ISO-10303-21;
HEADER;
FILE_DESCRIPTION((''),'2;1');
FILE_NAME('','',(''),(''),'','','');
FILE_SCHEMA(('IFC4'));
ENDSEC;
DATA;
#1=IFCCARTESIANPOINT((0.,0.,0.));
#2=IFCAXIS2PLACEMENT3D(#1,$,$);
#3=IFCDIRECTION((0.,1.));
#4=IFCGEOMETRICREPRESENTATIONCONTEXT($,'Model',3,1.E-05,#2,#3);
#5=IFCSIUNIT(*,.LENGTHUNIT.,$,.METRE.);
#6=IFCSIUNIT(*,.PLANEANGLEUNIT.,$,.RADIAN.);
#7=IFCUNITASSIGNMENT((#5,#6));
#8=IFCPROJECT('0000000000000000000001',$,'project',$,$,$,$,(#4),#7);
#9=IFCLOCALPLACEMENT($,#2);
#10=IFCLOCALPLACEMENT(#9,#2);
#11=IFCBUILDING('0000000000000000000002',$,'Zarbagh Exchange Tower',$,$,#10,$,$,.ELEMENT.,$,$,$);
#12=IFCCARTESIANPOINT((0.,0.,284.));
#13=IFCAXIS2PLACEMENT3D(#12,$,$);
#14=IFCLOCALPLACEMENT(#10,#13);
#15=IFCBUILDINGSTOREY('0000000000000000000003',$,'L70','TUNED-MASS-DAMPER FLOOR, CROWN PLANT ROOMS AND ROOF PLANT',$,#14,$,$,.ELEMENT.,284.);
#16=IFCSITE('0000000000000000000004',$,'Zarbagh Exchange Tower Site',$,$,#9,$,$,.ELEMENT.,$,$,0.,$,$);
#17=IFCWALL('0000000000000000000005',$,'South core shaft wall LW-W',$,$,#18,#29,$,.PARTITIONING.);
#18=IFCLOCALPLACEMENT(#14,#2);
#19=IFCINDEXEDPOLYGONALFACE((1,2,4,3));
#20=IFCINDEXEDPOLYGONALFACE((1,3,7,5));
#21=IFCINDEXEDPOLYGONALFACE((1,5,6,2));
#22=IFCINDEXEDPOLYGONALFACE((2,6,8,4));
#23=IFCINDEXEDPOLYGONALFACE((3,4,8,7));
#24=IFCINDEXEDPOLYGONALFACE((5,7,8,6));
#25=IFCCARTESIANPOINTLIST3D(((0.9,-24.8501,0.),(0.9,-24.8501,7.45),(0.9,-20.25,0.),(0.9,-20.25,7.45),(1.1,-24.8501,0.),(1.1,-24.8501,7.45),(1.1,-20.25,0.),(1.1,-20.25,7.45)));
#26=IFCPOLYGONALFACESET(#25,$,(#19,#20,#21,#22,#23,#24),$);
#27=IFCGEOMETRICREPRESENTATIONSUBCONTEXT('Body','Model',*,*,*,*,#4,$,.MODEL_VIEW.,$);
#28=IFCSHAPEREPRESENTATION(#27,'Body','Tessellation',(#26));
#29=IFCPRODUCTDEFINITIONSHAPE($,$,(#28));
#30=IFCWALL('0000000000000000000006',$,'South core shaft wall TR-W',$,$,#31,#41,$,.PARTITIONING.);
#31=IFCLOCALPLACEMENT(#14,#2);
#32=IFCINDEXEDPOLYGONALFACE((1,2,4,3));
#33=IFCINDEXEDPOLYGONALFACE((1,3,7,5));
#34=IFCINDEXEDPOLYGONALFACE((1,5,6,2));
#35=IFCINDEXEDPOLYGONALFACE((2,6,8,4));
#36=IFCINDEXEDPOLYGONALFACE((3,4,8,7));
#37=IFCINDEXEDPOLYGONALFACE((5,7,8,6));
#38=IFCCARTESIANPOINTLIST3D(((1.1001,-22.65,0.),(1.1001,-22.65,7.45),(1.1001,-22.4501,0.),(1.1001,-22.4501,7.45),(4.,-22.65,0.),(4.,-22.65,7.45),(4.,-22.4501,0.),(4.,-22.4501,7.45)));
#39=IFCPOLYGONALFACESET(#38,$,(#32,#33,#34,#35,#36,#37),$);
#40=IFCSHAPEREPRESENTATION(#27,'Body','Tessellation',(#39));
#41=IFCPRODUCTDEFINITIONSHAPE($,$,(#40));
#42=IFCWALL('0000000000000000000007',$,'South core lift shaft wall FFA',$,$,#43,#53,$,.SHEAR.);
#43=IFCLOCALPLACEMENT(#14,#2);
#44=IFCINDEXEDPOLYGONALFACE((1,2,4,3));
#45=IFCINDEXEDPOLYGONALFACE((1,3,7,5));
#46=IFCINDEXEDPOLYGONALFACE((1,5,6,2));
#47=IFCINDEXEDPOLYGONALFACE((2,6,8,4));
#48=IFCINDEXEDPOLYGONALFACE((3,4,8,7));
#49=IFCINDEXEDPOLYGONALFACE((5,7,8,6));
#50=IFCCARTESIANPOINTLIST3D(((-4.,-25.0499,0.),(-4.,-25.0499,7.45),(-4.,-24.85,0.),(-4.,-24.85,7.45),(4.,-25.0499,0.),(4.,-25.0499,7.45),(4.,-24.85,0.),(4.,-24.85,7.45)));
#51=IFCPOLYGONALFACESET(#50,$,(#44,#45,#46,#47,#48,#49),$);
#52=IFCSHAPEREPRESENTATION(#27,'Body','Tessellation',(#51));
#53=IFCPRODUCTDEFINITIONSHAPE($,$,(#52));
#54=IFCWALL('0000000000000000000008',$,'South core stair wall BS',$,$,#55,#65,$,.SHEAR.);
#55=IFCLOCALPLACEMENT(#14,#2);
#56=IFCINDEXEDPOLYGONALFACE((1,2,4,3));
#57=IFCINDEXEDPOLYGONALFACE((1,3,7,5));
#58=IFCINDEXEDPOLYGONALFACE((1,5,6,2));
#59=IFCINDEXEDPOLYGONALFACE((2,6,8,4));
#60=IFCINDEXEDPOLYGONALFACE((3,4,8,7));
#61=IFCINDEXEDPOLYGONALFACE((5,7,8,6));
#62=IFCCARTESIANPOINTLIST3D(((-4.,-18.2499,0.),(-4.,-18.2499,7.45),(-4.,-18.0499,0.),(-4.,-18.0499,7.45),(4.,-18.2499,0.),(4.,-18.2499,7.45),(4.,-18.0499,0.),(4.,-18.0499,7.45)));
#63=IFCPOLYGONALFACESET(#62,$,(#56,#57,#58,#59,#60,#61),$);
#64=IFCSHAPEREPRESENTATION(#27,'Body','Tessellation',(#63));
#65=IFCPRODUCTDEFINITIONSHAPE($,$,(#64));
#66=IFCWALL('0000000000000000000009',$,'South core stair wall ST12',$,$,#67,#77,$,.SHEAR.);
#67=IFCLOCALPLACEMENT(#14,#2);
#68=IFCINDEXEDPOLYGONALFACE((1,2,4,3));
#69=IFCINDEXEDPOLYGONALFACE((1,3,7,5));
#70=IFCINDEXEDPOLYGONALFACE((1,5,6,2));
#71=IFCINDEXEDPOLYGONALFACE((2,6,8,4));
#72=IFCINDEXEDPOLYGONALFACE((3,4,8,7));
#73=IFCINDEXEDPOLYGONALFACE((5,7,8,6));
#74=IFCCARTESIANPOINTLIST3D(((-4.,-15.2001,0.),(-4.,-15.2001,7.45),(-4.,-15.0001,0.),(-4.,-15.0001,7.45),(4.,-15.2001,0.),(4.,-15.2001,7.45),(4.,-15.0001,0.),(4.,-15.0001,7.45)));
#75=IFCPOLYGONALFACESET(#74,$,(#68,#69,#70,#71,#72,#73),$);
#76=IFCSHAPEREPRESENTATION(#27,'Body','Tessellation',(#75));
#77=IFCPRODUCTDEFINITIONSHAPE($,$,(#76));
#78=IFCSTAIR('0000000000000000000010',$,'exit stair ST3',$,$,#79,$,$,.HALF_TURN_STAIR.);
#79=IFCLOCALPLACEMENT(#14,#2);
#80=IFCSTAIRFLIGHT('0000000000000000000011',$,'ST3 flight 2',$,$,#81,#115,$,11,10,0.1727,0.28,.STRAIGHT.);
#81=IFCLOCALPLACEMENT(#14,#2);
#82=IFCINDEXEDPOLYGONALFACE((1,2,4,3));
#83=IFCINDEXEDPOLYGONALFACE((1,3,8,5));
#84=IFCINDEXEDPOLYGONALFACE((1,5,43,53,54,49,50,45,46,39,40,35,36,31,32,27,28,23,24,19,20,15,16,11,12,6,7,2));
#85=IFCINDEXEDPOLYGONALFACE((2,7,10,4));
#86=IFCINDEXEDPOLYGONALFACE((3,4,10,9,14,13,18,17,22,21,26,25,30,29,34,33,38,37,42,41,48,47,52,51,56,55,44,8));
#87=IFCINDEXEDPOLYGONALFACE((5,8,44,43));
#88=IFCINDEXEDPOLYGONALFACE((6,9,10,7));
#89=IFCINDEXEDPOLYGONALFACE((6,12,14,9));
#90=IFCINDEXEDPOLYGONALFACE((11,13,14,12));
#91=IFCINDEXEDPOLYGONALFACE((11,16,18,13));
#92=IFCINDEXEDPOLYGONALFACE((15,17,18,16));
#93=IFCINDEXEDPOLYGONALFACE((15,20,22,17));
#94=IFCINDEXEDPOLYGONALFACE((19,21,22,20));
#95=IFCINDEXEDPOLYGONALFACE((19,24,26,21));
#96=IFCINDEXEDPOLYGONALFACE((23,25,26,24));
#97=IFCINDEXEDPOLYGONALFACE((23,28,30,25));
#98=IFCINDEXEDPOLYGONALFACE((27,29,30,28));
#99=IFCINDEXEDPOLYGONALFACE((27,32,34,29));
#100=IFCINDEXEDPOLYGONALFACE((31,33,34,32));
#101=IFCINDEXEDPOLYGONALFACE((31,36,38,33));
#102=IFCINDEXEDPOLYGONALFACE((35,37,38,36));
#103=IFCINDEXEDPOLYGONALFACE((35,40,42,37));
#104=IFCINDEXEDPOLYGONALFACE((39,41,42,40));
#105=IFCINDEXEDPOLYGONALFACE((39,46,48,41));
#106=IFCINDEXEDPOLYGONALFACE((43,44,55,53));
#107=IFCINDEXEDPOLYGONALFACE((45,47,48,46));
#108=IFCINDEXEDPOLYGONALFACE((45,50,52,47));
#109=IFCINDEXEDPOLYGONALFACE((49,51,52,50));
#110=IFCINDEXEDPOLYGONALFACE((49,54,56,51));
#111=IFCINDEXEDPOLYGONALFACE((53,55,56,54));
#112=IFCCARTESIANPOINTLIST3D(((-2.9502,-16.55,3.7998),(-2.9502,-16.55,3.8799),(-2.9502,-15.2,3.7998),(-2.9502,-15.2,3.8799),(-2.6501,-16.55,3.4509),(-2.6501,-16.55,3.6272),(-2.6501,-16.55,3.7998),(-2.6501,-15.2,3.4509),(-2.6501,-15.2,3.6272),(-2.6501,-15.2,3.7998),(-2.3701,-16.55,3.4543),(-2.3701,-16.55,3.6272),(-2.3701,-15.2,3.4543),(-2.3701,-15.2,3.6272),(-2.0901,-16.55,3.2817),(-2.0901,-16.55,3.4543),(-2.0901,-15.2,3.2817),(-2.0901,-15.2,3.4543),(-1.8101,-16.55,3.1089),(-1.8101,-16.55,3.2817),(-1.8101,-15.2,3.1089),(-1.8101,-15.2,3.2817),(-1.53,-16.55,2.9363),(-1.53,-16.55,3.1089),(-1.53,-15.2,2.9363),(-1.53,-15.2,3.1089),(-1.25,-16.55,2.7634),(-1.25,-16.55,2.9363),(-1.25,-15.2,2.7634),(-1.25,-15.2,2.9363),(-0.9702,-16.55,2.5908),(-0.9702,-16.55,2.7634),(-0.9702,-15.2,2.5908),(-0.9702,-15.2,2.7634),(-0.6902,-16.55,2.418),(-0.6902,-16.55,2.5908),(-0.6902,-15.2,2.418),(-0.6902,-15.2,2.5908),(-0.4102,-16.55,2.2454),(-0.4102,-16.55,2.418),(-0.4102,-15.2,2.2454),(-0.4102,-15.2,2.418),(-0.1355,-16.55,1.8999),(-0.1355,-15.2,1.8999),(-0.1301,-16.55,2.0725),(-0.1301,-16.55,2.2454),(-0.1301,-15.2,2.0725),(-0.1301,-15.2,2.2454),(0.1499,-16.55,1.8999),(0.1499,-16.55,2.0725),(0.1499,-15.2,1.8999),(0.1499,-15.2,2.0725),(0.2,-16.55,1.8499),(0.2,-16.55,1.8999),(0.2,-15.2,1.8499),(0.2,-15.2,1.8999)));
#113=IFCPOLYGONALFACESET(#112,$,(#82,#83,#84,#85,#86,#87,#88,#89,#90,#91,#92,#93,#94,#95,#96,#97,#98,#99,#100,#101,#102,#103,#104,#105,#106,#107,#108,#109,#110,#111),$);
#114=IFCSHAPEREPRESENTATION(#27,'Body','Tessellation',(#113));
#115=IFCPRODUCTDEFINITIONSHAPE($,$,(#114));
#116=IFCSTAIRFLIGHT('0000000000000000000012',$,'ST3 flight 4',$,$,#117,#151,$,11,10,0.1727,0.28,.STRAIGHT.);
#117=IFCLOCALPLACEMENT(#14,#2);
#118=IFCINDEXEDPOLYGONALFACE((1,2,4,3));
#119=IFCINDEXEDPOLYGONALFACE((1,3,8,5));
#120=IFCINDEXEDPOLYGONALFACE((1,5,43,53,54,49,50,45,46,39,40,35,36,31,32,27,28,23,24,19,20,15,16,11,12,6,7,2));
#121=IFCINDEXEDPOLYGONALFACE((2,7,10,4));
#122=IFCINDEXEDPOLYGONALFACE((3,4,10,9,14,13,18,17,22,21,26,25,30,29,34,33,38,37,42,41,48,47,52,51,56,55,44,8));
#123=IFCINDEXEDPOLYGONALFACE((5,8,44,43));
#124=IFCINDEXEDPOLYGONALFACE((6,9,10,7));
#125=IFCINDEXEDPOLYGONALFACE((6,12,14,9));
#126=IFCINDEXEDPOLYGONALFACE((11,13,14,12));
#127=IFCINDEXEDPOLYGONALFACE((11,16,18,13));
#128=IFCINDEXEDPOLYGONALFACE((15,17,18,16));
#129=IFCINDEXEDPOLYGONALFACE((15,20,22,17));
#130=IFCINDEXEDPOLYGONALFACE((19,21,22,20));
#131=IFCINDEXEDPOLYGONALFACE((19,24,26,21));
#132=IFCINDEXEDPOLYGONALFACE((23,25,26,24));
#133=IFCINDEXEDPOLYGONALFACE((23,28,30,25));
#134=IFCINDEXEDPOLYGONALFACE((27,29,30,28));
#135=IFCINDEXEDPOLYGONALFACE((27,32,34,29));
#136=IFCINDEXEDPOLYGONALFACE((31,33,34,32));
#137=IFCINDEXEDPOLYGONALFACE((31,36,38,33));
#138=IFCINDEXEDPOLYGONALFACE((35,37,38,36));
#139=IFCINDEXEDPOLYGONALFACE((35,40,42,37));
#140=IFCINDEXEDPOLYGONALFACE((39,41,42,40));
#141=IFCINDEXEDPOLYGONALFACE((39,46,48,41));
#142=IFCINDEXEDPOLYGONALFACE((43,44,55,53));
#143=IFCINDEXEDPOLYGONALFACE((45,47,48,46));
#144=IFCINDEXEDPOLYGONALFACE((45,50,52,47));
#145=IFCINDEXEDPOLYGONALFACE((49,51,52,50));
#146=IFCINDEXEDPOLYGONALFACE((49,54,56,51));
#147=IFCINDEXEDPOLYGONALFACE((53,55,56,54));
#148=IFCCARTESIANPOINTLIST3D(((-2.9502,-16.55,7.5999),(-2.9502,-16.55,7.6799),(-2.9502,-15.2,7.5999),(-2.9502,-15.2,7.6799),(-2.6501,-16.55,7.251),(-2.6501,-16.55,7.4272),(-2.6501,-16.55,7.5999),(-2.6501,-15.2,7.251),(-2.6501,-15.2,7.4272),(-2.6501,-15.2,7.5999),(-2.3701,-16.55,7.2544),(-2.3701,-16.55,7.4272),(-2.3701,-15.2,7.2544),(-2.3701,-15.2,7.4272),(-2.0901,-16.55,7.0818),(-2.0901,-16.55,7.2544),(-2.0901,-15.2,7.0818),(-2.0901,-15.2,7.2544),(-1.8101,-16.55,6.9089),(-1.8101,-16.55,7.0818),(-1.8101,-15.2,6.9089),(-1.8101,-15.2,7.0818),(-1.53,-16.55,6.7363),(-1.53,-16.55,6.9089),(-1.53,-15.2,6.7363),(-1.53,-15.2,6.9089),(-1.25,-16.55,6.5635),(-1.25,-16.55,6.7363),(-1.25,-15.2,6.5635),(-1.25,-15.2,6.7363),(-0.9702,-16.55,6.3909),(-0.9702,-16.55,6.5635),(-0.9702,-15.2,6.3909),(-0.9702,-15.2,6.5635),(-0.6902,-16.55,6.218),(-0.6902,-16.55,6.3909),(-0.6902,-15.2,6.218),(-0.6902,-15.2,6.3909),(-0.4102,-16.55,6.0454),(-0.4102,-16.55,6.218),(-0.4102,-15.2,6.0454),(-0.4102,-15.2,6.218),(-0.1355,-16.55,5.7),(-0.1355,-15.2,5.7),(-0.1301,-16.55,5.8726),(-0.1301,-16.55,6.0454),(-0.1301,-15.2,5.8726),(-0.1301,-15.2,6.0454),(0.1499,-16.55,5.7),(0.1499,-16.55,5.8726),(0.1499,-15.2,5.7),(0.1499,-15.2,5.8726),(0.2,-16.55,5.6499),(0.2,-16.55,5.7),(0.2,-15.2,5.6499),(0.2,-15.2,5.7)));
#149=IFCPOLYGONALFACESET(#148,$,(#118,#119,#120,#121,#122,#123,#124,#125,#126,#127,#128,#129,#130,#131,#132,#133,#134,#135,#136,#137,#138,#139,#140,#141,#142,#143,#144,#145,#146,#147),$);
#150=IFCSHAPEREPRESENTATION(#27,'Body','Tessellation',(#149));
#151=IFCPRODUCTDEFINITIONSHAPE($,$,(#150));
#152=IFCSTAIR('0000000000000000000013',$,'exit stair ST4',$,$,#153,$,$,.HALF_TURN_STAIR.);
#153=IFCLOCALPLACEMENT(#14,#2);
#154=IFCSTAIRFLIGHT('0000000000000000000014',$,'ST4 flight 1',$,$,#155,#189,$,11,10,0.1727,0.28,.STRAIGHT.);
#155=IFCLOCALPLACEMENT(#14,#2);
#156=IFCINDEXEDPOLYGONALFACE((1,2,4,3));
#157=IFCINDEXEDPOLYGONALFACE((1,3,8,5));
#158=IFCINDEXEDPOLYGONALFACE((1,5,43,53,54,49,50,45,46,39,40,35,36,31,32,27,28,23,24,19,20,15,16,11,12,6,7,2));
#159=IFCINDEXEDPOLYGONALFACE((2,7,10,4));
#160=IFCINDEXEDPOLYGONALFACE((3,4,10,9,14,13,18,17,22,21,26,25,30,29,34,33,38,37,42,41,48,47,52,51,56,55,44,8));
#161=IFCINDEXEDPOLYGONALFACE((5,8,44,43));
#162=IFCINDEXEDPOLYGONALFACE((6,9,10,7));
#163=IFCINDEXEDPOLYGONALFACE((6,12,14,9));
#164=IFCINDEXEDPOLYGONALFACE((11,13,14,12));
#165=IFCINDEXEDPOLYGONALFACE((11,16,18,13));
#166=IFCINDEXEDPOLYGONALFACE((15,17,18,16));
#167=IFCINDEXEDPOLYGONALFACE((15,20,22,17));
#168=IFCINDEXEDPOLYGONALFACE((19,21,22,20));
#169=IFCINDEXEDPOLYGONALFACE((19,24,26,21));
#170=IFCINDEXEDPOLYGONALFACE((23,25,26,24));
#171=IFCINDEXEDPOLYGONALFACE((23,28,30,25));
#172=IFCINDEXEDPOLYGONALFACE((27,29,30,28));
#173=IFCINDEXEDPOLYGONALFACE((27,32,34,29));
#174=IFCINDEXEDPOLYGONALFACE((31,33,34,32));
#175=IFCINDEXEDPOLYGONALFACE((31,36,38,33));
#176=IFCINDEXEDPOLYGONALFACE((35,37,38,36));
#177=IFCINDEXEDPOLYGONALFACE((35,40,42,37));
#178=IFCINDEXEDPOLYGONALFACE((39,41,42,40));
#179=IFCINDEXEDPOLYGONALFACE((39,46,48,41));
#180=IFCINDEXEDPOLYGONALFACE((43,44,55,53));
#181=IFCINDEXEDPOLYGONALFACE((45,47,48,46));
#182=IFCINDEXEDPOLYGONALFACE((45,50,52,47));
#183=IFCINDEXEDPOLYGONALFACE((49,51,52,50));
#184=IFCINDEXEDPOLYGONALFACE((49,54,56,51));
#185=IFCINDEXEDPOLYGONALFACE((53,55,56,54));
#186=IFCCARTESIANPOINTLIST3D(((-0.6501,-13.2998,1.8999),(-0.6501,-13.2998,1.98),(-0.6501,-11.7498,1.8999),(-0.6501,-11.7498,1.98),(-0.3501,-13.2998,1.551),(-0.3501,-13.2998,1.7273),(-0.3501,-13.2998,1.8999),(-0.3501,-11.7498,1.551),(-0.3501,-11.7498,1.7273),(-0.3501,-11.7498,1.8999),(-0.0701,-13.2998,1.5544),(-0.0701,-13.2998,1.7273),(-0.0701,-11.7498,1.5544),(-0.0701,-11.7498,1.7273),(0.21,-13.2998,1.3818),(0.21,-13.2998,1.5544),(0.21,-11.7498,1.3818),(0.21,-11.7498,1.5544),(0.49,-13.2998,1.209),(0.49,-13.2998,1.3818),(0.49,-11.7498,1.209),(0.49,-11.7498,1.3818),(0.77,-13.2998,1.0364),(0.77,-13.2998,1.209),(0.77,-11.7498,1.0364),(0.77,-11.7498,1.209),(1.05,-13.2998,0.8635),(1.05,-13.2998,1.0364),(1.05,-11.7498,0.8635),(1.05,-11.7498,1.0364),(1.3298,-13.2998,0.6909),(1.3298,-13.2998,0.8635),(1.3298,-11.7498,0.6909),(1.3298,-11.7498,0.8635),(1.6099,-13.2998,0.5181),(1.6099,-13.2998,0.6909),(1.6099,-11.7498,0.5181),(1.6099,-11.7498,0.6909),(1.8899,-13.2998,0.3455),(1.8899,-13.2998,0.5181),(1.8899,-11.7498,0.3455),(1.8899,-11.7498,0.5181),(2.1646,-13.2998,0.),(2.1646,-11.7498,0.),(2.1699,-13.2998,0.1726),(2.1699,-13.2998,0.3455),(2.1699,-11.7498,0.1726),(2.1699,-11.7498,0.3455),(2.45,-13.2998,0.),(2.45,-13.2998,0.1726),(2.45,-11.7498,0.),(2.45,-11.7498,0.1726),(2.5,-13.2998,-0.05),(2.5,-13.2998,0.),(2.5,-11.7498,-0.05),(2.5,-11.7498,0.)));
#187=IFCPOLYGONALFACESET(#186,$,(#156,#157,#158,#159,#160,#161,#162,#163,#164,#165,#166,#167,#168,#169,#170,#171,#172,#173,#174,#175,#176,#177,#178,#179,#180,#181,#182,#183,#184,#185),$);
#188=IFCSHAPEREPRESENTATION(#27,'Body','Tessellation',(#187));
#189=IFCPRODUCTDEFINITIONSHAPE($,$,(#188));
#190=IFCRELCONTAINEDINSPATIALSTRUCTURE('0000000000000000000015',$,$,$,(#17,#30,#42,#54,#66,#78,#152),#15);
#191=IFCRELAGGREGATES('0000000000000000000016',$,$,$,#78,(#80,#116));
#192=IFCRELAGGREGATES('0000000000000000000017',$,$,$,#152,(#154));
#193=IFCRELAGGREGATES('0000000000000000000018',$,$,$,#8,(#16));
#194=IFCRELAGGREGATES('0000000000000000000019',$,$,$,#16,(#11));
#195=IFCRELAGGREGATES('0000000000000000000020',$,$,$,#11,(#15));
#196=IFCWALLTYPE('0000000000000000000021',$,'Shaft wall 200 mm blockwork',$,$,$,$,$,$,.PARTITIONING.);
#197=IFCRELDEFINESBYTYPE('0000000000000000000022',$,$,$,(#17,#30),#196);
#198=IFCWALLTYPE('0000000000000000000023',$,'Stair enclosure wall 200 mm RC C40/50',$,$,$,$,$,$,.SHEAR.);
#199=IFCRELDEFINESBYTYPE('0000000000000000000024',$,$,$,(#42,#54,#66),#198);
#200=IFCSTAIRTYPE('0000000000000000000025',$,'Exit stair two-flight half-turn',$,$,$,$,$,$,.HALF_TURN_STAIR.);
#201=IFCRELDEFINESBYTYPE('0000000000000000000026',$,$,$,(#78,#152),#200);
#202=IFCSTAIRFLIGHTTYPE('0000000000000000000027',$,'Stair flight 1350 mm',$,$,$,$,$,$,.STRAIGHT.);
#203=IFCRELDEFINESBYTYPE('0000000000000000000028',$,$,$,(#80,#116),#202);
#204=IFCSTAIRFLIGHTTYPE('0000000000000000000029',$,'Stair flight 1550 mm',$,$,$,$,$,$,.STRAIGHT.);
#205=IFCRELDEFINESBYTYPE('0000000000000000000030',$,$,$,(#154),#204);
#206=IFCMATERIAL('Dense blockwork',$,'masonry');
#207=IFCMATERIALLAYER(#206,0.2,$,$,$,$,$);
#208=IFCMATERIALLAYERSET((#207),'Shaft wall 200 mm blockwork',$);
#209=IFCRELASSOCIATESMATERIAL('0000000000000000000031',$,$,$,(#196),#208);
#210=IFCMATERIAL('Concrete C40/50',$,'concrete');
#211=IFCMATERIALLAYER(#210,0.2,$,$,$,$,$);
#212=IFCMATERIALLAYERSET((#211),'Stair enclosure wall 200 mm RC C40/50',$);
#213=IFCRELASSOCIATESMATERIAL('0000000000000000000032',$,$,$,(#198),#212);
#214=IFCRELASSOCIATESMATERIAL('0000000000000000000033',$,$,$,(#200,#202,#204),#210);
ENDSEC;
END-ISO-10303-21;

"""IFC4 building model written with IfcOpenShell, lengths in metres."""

from ifc_helpers import new_model, si_unit, direction, frame, frame_2d, origin, place, context, subcontext, project, spatial, polyline, rectangle, outline, extrude, material, layer, layer_set, type_object, element, aggregate, save


model = new_model("IFC4")

# Units and contexts
model_context = context("Model", 3, precision=1e-05, world=origin(), true_north=direction((0.0, 1.0)))
body_context = subcontext(model_context, "Body", "Model", "MODEL_VIEW")
ifc_project = project(units=[si_unit("LENGTHUNIT", "METRE"), si_unit("PLANEANGLEUNIT", "RADIAN")], contexts=[model_context])

# Site, building, storey
site_placement = place(None, origin())
site = spatial("IfcSite", under=ifc_project, at=site_placement, Name="Zarbagh Exchange Tower Site", CompositionType="ELEMENT", RefElevation=0.0)
building_placement = place(site_placement, origin())
building = spatial("IfcBuilding", under=site, at=building_placement, Name="Zarbagh Exchange Tower", CompositionType="ELEMENT")
storey_placement = place(building_placement, frame((0.0, 0.0, 284.0)))
storey = spatial("IfcBuildingStorey", under=building, at=storey_placement, Name="L70", Description="TUNED-MASS-DAMPER FLOOR, CROWN PLANT ROOMS AND ROOF PLANT", CompositionType="ELEMENT", Elevation=284.0)

# Walls
ifc_material_1 = material(Name="Dense blockwork", Category="masonry")
ifc_layer_1 = layer(ifc_material_1, 0.2)
ifc_layer_set_1 = layer_set([ifc_layer_1], Name="Shaft wall 200 mm blockwork")
wall_type_1 = type_object("IfcWallType", Name="Shaft wall 200 mm blockwork", PredefinedType="PARTITIONING", material=ifc_layer_set_1)
wall_1_placement = place(storey_placement, frame((1.0, -24.8501, 0.0), z_axis=(0.0, 0.0, 1.0), x_axis=(0.0, 1.0, 0.0)))
element("IfcWall", 1, at=wall_1_placement, inside=storey, type_object=wall_type_1, Name="South core shaft wall LW-W", PredefinedType="PARTITIONING", context=body_context, shape_type="SweptSolid", body=[
    extrude(rectangle(XDim=4.6001, YDim=0.2, at=frame_2d((2.3, 0.0))), origin(), (0.0, 0.0, 1.0), 7.45),
])
wall_2_placement = place(storey_placement, frame((4.0, -22.55, 0.0), z_axis=(0.0, 0.0, 1.0), x_axis=(-1.0, 0.0, 0.0)))
element("IfcWall", 2, at=wall_2_placement, inside=storey, type_object=wall_type_1, Name="South core shaft wall TR-W", PredefinedType="PARTITIONING", context=body_context, shape_type="SweptSolid", body=[
    extrude(rectangle(XDim=2.8999, YDim=0.2, at=frame_2d((1.45, 0.0))), origin(), (0.0, 0.0, 1.0), 7.45),
])
ifc_material_2 = material(Name="Concrete C40/50", Category="concrete")
ifc_layer_2 = layer(ifc_material_2, 0.2)
ifc_layer_set_2 = layer_set([ifc_layer_2], Name="Stair enclosure wall 200 mm RC C40/50")
wall_type_2 = type_object("IfcWallType", Name="Stair enclosure wall 200 mm RC C40/50", PredefinedType="SHEAR", material=ifc_layer_set_2)
for number, where, z_axis, x_axis, name in (
    (3, (4.0, -24.95, 0.0), (0.0, 0.0, 1.0), (-1.0, 0.0, 0.0), "South core lift shaft wall FFA"),
    (4, (4.0, -18.1499, 0.0), (0.0, 0.0, 1.0), (-1.0, 0.0, 0.0), "South core stair wall BS"),
    (5, (4.0, -15.1001, 0.0), (0.0, 0.0, 1.0), (-1.0, 0.0, 0.0), "South core stair wall ST12"),
):
    element("IfcWall", number, at=place(storey_placement, frame(where, z_axis=z_axis, x_axis=x_axis)), inside=storey, type_object=wall_type_2, Name=name, PredefinedType="SHEAR", context=body_context, shape_type="SweptSolid", body=[
        extrude(rectangle(XDim=8.0, YDim=0.2, at=frame_2d((4.0, 0.0))), origin(), (0.0, 0.0, 1.0), 7.45),
    ])

# Stairs, stair flights
stair_type = type_object("IfcStairType", Name="Exit stair two-flight half-turn", PredefinedType="HALF_TURN_STAIR", material=ifc_material_2)
stair_1_placement = place(storey_placement, origin())
stair_1 = element("IfcStair", 6, at=stair_1_placement, inside=storey, type_object=stair_type, Name="exit stair ST3", PredefinedType="HALF_TURN_STAIR")
stair_flight_type_1 = type_object("IfcStairFlightType", Name="Stair flight 1350 mm", PredefinedType="STRAIGHT", material=ifc_material_2)
stair_flight_1_placement = place(storey_placement, frame((0.1499, -15.875, 1.8999), z_axis=(0.0, 0.0, 1.0), x_axis=(-1.0, 0.0, 0.0)))
stair_flight_1 = element("IfcStairFlight", 7, at=stair_flight_1_placement, type_object=stair_flight_type_1, Name="ST3 flight 2", NumberOfRisers=11, NumberOfTreads=10, PredefinedType="STRAIGHT", RiserHeight=0.1727, TreadLength=0.28, context=body_context, shape_type="SweptSolid", body=[
    extrude(outline(polyline([(-0.05, -0.05), (-0.05, 0.0), (0.0, 0.0), (0.0, 0.1726), (0.28, 0.1726), (0.28, 0.3455), (0.5601, 0.3455), (0.5601, 0.5181), (0.8401, 0.5181), (0.8401, 0.6909), (1.1201, 0.6909), (1.1201, 0.8635), (1.3999, 0.8635), (1.3999, 1.0364), (1.6799, 1.0364), (1.6799, 1.209), (1.96, 1.209), (1.96, 1.3818), (2.24, 1.3818), (2.24, 1.5544), (2.52, 1.5544), (2.52, 1.7273), (2.8, 1.7273), (2.8, 1.8999), (3.1001, 1.98), (3.1001, 1.8999), (2.8, 1.551), (0.2854, 0.0), (-0.05, -0.05)])), frame((0.0, 0.675, 0.0), z_axis=(0.0, -1.0, 0.0), x_axis=(1.0, 0.0, 0.0)), (0.0, 0.0, 1.0), 1.3501),
])
stair_flight_2_placement = place(storey_placement, frame((0.1499, -15.875, 5.7), z_axis=(0.0, 0.0, 1.0), x_axis=(-1.0, 0.0, 0.0)))
stair_flight_2 = element("IfcStairFlight", 8, at=stair_flight_2_placement, type_object=stair_flight_type_1, Name="ST3 flight 4", NumberOfRisers=11, NumberOfTreads=10, PredefinedType="STRAIGHT", RiserHeight=0.1727, TreadLength=0.28, context=body_context, shape_type="SweptSolid", body=[
    extrude(outline(polyline([(-0.05, -0.05), (-0.05, 0.0), (0.0, 0.0), (0.0, 0.1726), (0.28, 0.1726), (0.28, 0.3455), (0.5601, 0.3455), (0.5601, 0.5181), (0.8401, 0.5181), (0.8401, 0.6909), (1.1201, 0.6909), (1.1201, 0.8635), (1.3999, 0.8635), (1.3999, 1.0364), (1.6799, 1.0364), (1.6799, 1.209), (1.96, 1.209), (1.96, 1.3818), (2.24, 1.3818), (2.24, 1.5544), (2.52, 1.5544), (2.52, 1.7273), (2.8, 1.7273), (2.8, 1.8999), (3.1001, 1.98), (3.1001, 1.8999), (2.8, 1.551), (0.2854, 0.0), (-0.05, -0.05)])), frame((0.0, 0.675, 0.0), z_axis=(0.0, -1.0, 0.0), x_axis=(1.0, 0.0, 0.0)), (0.0, 0.0, 1.0), 1.3501),
])
aggregate(stair_1, [stair_flight_1, stair_flight_2])
stair_2_placement = place(storey_placement, origin())
stair_2 = element("IfcStair", 9, at=stair_2_placement, inside=storey, type_object=stair_type, Name="exit stair ST4", PredefinedType="HALF_TURN_STAIR")
stair_flight_type_2 = type_object("IfcStairFlightType", Name="Stair flight 1550 mm", PredefinedType="STRAIGHT", material=ifc_material_2)
stair_flight_3_placement = place(storey_placement, frame((2.45, -12.5249, 0.0), z_axis=(0.0, 0.0, 1.0), x_axis=(-1.0, 0.0, 0.0)))
stair_flight_3 = element("IfcStairFlight", 10, at=stair_flight_3_placement, type_object=stair_flight_type_2, Name="ST4 flight 1", NumberOfRisers=11, NumberOfTreads=10, PredefinedType="STRAIGHT", RiserHeight=0.1727, TreadLength=0.28, context=body_context, shape_type="SweptSolid", body=[
    extrude(outline(polyline([(-0.05, -0.05), (-0.05, 0.0), (0.0, 0.0), (0.0, 0.1726), (0.28, 0.1726), (0.28, 0.3455), (0.5601, 0.3455), (0.5601, 0.5181), (0.8401, 0.5181), (0.8401, 0.6909), (1.1201, 0.6909), (1.1201, 0.8635), (1.3999, 0.8635), (1.3999, 1.0364), (1.6799, 1.0364), (1.6799, 1.209), (1.96, 1.209), (1.96, 1.3818), (2.24, 1.3818), (2.24, 1.5544), (2.52, 1.5544), (2.52, 1.7273), (2.8, 1.7273), (2.8, 1.8999), (3.1001, 1.98), (3.1001, 1.8999), (2.8, 1.551), (0.2854, 0.0), (-0.05, -0.05)])), frame((0.0, 0.7749, 0.0), z_axis=(0.0, -1.0, 0.0), x_axis=(1.0, 0.0, 0.0)), (0.0, 0.0, 1.0), 1.55),
])
aggregate(stair_2, [stair_flight_3])

save(model, "model.ifc")
